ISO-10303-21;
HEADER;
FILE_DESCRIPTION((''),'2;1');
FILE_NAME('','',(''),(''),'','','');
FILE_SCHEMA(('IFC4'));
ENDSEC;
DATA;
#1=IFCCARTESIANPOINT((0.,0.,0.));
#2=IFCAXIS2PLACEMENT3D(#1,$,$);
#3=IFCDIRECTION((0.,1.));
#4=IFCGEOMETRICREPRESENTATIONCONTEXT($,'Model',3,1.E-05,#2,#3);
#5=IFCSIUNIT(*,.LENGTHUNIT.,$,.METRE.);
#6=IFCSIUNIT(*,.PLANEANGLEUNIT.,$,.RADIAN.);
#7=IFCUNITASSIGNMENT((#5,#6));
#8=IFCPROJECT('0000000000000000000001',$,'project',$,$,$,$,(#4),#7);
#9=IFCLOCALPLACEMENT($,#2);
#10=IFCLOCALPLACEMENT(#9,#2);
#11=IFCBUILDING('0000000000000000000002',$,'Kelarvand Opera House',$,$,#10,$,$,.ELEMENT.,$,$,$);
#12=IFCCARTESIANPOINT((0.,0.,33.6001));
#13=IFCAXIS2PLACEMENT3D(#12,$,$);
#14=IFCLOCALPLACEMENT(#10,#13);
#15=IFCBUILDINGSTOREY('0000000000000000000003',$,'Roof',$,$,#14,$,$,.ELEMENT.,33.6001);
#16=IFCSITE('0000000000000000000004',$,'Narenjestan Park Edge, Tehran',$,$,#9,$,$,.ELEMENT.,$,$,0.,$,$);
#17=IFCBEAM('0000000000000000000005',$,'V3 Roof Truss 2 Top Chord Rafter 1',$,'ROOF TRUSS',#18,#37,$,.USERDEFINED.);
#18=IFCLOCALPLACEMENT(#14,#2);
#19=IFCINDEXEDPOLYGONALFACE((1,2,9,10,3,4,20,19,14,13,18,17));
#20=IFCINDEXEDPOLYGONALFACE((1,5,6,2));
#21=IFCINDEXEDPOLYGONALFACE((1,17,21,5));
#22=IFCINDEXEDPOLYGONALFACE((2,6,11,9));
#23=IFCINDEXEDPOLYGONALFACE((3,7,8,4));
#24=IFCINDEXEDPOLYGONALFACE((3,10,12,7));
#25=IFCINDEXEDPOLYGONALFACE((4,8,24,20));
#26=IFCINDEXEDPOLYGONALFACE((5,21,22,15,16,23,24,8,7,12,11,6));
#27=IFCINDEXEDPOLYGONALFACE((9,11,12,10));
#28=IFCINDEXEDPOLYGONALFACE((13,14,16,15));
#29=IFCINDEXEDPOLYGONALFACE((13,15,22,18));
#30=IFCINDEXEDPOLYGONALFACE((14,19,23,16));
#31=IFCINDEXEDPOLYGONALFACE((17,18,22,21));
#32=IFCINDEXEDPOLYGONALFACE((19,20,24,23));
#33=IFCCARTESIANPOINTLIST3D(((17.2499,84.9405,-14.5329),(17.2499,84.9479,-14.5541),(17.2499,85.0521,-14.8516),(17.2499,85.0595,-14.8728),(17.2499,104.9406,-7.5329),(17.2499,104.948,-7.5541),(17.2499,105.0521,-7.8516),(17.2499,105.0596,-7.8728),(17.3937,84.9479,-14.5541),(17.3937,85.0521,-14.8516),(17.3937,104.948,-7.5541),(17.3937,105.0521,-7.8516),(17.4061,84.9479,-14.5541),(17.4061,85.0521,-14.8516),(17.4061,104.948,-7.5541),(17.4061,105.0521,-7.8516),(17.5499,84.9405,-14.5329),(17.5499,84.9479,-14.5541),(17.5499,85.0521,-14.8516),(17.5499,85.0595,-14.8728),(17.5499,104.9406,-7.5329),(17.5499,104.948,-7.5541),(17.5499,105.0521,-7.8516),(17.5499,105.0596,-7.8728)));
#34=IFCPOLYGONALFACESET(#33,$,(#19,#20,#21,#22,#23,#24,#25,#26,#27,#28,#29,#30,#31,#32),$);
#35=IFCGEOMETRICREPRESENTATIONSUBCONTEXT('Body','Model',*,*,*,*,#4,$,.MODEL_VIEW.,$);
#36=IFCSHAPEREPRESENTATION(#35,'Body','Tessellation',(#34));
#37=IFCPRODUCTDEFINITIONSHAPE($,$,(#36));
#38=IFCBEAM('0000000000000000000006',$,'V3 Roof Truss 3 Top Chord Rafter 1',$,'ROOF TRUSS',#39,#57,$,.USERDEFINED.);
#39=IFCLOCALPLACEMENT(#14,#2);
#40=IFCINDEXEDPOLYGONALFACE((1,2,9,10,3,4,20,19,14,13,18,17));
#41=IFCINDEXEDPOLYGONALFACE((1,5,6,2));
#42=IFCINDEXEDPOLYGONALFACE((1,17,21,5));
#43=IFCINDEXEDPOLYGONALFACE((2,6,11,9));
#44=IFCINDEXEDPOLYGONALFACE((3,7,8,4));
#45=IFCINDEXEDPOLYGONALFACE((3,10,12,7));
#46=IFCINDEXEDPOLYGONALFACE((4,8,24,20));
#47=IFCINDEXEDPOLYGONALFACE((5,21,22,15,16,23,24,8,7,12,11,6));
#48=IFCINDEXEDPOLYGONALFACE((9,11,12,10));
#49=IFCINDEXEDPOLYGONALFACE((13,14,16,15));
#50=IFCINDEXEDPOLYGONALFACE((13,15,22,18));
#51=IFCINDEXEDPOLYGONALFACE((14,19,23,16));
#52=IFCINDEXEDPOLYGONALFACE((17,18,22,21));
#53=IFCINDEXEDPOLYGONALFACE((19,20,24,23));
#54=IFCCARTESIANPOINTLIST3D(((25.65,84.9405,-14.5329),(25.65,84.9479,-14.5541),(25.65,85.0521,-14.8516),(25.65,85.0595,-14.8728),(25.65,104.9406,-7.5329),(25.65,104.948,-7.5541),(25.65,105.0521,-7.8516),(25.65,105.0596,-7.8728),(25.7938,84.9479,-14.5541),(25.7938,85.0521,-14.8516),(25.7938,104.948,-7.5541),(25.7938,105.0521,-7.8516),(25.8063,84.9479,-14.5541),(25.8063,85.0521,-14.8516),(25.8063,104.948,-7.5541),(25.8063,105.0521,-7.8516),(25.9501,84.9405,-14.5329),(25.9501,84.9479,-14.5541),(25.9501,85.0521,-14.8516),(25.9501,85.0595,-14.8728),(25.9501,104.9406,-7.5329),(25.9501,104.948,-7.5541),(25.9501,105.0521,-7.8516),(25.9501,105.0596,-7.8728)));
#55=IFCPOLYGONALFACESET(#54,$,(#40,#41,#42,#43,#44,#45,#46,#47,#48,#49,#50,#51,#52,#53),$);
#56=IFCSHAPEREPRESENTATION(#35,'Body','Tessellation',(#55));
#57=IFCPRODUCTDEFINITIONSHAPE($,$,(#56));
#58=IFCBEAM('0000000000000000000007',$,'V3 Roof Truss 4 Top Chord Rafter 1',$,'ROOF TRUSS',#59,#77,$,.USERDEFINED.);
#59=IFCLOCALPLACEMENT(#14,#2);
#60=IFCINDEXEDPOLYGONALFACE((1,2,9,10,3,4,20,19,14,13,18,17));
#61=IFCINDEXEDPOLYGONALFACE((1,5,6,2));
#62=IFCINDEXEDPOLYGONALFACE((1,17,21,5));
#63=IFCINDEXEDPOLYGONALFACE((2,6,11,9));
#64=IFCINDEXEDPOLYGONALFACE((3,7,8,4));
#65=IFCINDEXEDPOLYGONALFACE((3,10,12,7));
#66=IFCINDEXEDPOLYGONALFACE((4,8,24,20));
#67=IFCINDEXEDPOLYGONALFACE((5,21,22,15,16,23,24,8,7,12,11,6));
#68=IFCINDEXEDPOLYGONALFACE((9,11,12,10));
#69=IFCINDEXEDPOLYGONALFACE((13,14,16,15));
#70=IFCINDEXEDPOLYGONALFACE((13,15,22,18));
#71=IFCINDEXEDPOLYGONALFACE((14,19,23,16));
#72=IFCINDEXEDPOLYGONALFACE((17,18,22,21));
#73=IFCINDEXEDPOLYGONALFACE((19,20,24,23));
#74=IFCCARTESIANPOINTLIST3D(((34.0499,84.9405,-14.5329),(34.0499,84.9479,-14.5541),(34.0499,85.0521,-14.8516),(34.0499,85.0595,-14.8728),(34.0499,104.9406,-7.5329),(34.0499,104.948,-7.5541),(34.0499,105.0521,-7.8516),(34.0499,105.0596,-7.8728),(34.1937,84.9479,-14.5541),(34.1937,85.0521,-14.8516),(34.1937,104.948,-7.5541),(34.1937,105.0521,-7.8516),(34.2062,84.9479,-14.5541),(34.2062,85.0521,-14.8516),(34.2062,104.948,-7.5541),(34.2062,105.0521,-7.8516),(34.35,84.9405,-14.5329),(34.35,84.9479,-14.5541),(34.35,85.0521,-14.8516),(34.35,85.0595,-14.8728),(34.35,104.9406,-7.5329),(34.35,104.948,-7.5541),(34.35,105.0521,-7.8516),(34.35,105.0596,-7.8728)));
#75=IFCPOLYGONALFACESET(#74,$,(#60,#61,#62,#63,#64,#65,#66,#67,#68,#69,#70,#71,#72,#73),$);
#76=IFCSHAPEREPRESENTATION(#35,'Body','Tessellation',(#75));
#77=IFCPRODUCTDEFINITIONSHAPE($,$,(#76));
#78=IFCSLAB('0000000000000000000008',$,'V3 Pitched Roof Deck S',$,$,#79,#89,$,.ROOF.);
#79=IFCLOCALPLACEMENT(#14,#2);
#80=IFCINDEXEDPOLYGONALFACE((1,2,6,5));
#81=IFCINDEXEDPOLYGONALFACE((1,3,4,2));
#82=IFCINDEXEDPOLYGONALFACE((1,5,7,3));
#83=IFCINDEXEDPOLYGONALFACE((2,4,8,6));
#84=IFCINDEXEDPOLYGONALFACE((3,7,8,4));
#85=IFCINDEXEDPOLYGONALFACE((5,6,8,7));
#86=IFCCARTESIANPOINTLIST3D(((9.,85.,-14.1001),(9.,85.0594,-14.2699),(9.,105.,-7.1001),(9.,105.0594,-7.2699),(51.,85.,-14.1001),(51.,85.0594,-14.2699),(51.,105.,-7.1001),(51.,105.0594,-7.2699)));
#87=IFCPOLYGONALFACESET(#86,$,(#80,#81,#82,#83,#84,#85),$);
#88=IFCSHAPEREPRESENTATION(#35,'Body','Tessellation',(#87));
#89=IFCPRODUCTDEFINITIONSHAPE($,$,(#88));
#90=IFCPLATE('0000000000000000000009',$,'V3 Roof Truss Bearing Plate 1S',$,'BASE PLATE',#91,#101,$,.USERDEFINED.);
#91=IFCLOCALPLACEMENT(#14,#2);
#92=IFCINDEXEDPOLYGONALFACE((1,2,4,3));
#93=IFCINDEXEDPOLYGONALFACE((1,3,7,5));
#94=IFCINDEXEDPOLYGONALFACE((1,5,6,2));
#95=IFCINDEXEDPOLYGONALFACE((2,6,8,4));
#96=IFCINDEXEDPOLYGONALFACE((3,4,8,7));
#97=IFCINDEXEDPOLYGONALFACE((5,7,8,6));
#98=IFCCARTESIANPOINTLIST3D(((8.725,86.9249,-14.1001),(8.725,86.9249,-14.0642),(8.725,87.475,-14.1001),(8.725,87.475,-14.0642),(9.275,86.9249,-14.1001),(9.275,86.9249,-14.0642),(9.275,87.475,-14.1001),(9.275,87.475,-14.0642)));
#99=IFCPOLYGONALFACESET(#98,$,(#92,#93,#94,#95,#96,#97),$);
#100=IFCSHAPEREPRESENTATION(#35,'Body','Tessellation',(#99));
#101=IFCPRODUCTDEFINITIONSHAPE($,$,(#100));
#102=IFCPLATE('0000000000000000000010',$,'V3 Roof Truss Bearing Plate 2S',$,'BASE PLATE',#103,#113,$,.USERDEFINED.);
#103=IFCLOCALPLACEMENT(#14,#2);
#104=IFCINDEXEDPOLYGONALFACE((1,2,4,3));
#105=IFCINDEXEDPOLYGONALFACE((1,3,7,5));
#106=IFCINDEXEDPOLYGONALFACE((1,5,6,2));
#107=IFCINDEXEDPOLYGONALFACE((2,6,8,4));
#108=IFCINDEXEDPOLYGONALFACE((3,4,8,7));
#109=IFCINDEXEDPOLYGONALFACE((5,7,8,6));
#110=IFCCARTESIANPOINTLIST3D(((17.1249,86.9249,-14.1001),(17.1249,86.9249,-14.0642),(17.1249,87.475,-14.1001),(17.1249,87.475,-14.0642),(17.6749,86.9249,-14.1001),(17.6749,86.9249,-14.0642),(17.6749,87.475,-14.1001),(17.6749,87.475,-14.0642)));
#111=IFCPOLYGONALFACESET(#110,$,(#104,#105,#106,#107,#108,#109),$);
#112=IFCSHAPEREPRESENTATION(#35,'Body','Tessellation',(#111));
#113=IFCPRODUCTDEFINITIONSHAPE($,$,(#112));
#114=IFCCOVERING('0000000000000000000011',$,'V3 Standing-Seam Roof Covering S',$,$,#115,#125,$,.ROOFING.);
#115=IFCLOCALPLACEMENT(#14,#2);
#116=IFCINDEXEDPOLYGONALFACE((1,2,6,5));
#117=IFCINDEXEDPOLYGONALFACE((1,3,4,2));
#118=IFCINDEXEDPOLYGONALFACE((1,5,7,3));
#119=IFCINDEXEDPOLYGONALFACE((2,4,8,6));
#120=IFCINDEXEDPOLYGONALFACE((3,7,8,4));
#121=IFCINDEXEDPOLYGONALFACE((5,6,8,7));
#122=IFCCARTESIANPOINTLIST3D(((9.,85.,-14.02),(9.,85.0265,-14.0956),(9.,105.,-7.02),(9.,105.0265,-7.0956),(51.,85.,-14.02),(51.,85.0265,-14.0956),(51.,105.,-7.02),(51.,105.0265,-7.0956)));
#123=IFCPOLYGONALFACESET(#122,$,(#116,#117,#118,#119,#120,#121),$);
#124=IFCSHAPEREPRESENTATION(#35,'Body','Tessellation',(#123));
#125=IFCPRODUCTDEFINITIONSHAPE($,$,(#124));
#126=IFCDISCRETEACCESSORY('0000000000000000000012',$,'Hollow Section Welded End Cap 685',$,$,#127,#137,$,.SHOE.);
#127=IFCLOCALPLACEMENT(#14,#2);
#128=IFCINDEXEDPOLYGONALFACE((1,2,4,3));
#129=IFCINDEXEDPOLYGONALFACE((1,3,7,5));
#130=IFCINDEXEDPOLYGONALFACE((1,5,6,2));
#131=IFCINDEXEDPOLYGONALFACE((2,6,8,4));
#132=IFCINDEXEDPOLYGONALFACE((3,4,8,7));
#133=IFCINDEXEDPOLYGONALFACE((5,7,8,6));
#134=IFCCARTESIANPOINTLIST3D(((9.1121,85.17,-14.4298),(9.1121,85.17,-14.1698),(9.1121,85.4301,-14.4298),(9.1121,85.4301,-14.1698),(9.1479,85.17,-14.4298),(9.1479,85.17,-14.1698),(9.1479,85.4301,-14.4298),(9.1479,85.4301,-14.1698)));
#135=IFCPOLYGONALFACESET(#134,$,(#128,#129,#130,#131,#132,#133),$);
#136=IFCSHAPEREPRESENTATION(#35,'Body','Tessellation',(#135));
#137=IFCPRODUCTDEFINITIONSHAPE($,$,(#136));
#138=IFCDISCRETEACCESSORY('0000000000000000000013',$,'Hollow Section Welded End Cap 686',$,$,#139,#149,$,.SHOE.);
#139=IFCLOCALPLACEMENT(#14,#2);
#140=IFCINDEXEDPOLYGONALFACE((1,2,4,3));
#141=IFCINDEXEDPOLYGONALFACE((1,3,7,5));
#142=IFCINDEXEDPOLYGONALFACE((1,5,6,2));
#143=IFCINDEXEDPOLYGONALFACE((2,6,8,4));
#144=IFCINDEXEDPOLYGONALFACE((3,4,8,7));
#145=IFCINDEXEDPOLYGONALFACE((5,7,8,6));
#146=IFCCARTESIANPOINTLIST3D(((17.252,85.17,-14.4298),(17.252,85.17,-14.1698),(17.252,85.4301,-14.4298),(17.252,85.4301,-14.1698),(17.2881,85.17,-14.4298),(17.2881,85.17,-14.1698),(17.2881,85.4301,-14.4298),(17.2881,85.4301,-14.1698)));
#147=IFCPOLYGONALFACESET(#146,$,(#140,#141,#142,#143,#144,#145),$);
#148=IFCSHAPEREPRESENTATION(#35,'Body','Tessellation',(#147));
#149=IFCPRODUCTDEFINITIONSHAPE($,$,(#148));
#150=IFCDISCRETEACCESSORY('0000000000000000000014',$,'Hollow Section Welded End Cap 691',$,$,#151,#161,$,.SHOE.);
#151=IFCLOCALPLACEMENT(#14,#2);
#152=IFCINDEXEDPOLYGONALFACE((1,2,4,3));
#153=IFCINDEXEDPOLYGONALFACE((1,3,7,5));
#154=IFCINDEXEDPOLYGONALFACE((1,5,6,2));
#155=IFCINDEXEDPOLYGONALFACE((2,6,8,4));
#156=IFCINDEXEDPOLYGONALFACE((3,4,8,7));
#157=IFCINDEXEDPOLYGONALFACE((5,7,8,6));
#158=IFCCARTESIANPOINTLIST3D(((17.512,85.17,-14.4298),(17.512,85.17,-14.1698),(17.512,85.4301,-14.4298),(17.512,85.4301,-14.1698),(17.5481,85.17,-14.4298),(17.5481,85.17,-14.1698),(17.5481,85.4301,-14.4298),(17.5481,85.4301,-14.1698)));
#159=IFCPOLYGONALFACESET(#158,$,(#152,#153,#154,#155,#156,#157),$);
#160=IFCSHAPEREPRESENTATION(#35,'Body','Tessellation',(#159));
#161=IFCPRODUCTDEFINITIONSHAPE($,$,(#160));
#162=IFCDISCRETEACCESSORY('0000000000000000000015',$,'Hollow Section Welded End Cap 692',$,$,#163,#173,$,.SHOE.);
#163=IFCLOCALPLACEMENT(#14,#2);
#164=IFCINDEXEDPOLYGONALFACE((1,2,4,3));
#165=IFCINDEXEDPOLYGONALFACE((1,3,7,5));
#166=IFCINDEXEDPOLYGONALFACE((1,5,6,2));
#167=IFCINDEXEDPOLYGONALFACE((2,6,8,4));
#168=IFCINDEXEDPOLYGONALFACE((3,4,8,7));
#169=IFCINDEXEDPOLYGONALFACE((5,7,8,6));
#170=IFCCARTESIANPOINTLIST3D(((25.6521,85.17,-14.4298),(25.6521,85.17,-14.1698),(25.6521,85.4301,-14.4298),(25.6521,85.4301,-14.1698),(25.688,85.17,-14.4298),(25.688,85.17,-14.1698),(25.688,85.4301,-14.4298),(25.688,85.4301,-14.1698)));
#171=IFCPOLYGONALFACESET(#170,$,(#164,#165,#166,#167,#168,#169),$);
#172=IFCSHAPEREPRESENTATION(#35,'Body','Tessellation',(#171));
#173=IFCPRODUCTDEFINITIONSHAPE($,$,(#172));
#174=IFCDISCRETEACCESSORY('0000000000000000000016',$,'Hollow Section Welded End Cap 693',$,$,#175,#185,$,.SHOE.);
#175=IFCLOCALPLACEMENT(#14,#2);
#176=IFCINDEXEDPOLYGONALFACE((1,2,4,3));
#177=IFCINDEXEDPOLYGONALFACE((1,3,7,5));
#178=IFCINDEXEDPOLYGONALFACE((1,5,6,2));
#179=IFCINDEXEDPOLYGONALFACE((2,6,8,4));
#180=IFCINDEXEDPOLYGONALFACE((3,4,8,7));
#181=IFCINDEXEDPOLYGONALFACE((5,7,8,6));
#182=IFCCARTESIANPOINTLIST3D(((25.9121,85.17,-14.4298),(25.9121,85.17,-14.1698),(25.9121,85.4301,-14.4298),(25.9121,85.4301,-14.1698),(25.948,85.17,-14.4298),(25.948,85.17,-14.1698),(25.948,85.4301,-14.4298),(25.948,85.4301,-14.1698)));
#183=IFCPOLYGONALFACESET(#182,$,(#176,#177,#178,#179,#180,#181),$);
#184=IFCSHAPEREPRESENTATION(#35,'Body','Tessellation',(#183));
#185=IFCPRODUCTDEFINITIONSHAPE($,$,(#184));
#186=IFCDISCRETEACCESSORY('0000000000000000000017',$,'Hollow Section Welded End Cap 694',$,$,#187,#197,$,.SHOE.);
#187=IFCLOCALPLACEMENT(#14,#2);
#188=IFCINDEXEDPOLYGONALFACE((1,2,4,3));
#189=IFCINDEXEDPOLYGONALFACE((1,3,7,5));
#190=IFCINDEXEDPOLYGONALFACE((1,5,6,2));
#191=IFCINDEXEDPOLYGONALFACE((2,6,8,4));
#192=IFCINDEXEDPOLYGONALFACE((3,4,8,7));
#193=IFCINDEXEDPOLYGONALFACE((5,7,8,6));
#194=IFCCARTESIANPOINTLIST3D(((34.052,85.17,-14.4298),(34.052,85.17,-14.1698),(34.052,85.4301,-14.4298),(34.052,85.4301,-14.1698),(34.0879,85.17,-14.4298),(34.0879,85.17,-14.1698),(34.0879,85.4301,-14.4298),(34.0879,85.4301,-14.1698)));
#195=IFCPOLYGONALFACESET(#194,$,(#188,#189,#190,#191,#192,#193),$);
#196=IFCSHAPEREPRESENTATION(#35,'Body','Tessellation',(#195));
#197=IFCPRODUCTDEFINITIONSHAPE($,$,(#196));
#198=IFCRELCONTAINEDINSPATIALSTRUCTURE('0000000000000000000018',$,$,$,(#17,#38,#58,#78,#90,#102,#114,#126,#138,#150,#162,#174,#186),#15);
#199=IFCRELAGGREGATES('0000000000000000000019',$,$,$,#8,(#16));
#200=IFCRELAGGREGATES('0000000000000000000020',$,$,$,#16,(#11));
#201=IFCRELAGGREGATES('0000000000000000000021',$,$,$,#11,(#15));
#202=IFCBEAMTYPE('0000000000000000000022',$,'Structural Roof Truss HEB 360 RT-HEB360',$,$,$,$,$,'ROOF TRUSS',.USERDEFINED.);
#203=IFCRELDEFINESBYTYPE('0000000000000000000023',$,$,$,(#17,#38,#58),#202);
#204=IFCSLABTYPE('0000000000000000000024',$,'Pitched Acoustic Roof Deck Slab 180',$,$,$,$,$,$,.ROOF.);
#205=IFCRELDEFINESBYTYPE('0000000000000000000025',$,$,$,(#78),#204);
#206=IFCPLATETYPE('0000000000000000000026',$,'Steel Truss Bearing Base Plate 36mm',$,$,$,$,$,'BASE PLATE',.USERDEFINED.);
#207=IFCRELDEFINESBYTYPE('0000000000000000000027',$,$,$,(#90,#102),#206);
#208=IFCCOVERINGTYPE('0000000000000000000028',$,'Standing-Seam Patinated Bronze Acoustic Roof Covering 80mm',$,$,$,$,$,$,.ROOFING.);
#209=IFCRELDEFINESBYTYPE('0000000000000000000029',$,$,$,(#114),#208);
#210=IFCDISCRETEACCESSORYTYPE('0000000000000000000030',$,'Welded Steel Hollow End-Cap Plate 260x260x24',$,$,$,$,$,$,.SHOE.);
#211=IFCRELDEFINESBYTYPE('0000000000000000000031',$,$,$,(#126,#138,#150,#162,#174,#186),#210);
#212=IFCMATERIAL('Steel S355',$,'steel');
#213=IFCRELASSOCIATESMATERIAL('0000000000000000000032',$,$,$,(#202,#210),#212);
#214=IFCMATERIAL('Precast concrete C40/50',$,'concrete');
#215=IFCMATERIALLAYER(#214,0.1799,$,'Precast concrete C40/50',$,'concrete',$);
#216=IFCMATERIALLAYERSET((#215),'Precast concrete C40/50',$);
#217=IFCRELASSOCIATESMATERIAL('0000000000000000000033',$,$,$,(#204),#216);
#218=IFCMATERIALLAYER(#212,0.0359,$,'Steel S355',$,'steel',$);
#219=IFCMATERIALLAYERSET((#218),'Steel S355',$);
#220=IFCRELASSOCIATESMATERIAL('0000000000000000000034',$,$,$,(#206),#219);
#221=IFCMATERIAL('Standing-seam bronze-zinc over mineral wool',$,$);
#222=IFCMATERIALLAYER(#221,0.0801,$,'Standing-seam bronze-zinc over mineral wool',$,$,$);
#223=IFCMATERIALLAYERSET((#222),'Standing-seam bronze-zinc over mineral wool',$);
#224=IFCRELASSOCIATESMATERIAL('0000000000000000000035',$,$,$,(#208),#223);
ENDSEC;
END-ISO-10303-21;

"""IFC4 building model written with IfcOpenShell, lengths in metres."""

from ifc_helpers import new_model, si_unit, direction, frame, origin, origin_2d, place, context, subcontext, project, spatial, polyline, rectangle, i_section, outline, extrude, material, layer, layer_set, material_profile, profile_set, type_object, element, save


model = new_model("IFC4")

# Units and contexts
model_context = context("Model", 3, precision=1e-05, world=origin(), true_north=direction((0.0, 1.0)))
body_context = subcontext(model_context, "Body", "Model", "MODEL_VIEW")
ifc_project = project(units=[si_unit("LENGTHUNIT", "METRE"), si_unit("PLANEANGLEUNIT", "RADIAN")], contexts=[model_context])

# Site, building, storey
site_placement = place(None, origin())
site = spatial("IfcSite", under=ifc_project, at=site_placement, Name="Narenjestan Park Edge, Tehran", CompositionType="ELEMENT", RefElevation=0.0)
building_placement = place(site_placement, origin())
building = spatial("IfcBuilding", under=site, at=building_placement, Name="Kelarvand Opera House", CompositionType="ELEMENT")
storey_placement = place(building_placement, frame((0.0, 0.0, 33.6001)))
storey = spatial("IfcBuildingStorey", under=building, at=storey_placement, Name="Roof", CompositionType="ELEMENT", Elevation=33.6001)

# Shared definitions
ifc_material_1 = material(Name="Steel S355", Category="steel")

# Beams
ifc_material_profile_1 = material_profile(ifc_material_1, i_section(OverallWidth=0.3, OverallDepth=0.3601, WebThickness=0.0125, FlangeThickness=0.0225, at=origin_2d()), Name="HEB 360", Category="steel")
ifc_profile_set_1 = profile_set([ifc_material_profile_1], Name="Steel S355")
beam_type = type_object("IfcBeamType", Name="Structural Roof Truss HEB 360 RT-HEB360", ElementType="ROOF TRUSS", PredefinedType="USERDEFINED", material=ifc_profile_set_1)
for number, where, z_axis, x_axis, name in (
    (1, (17.3999, 85.0, -14.7029), (0.0, 0.943858, 0.33035), (-1.0, 0.0, 0.0), "V3 Roof Truss 2 Top Chord Rafter 1"),
    (2, (25.8, 85.0, -14.7029), (0.0, 0.943858, 0.33035), (-1.0, 0.0, 0.0), "V3 Roof Truss 3 Top Chord Rafter 1"),
    (3, (34.2, 85.0, -14.7029), (0.0, 0.943858, 0.33035), (-1.0, 0.0, 0.0), "V3 Roof Truss 4 Top Chord Rafter 1"),
):
    element("IfcBeam", number, at=place(storey_placement, frame(where, z_axis=z_axis, x_axis=x_axis)), inside=storey, type_object=beam_type, Name=name, ObjectType="ROOF TRUSS", PredefinedType="USERDEFINED", context=body_context, shape_type="SweptSolid", body=[
        extrude(i_section(OverallWidth=0.3, OverallDepth=0.3601, WebThickness=0.0125, FlangeThickness=0.0225, at=origin_2d()), origin(), (0.0, 0.0, 1.0), 21.1897),
    ])

# Slab
ifc_material_2 = material(Name="Precast concrete C40/50", Category="concrete")
ifc_layer_1 = layer(ifc_material_2, 0.1799, Name="Precast concrete C40/50", Category="concrete")
ifc_layer_set_1 = layer_set([ifc_layer_1], Name="Precast concrete C40/50")
slab_type = type_object("IfcSlabType", Name="Pitched Acoustic Roof Deck Slab 180", PredefinedType="ROOF", material=ifc_layer_set_1)
slab_placement = place(storey_placement, frame((9.0, 85.0, -14.1001), z_axis=(0.0, -0.33035, 0.943858), x_axis=(1.0, 0.0, 0.0)))
element("IfcSlab", 4, at=slab_placement, inside=storey, type_object=slab_type, Name="V3 Pitched Roof Deck S", PredefinedType="ROOF", context=body_context, shape_type="SweptSolid", body=[
    extrude(outline(polyline([(0.0, 0.0), (42.0, 0.0), (42.0, 21.1896), (0.0, 21.1896), (0.0, 0.0)])), origin(), (0.0, 0.0, -1.0), 0.1799),
])

# Plates
ifc_layer_2 = layer(ifc_material_1, 0.0359, Name="Steel S355", Category="steel")
ifc_layer_set_2 = layer_set([ifc_layer_2], Name="Steel S355")
plate_type = type_object("IfcPlateType", Name="Steel Truss Bearing Base Plate 36mm", ElementType="BASE PLATE", PredefinedType="USERDEFINED", material=ifc_layer_set_2)
for number, where, z_axis, x_axis, name in (
    (5, (9.0, 87.2, -14.1001), (0.0, 0.0, 1.0), (1.0, 0.0, 0.0), "V3 Roof Truss Bearing Plate 1S"),
    (6, (17.3999, 87.2, -14.1001), (0.0, 0.0, 1.0), (1.0, 0.0, 0.0), "V3 Roof Truss Bearing Plate 2S"),
):
    element("IfcPlate", number, at=place(storey_placement, frame(where, z_axis=z_axis, x_axis=x_axis)), inside=storey, type_object=plate_type, Name=name, ObjectType="BASE PLATE", PredefinedType="USERDEFINED", context=body_context, shape_type="SweptSolid", body=[
        extrude(rectangle(XDim=0.55, YDim=0.55, at=origin_2d()), origin(), (0.0, 0.0, 1.0), 0.0359),
    ])

# Covering
ifc_material_3 = material(Name="Standing-seam bronze-zinc over mineral wool")
ifc_layer_3 = layer(ifc_material_3, 0.0801, Name="Standing-seam bronze-zinc over mineral wool")
ifc_layer_set_3 = layer_set([ifc_layer_3], Name="Standing-seam bronze-zinc over mineral wool")
covering_type = type_object("IfcCoveringType", Name="Standing-Seam Patinated Bronze Acoustic Roof Covering 80mm", PredefinedType="ROOFING", material=ifc_layer_set_3)
covering_placement = place(storey_placement, frame((9.0, 85.0, -14.02), z_axis=(0.0, -0.33035, 0.943858), x_axis=(1.0, 0.0, 0.0)))
element("IfcCovering", 7, at=covering_placement, inside=storey, type_object=covering_type, Name="V3 Standing-Seam Roof Covering S", PredefinedType="ROOFING", context=body_context, shape_type="SweptSolid", body=[
    extrude(outline(polyline([(0.0, 0.0), (42.0, 0.0), (42.0, 21.1896), (0.0, 21.1896), (0.0, 0.0)])), origin(), (0.0, 0.0, -1.0), 0.0801),
])

# Discrete accessories
ifc_material_profile_2 = material_profile(ifc_material_1, rectangle(XDim=0.26, YDim=0.26, at=origin_2d()), Name="Welded Steel Hollow End-Cap Plate 260x260x24", Category="steel")
ifc_profile_set_2 = profile_set([ifc_material_profile_2], Name="Steel S355")
discrete_accessory_type_1 = type_object("IfcDiscreteAccessoryType", Name="Welded Steel Hollow End-Cap Plate 260x260x24", PredefinedType="SHOE", material=ifc_profile_set_2)
discrete_accessory_1_placement = place(storey_placement, frame((9.1479, 85.3, -14.2998), z_axis=(-1.0, 0.0, 0.0), x_axis=(0.0, -1.0, 0.0)))
element("IfcDiscreteAccessory", 8, at=discrete_accessory_1_placement, inside=storey, type_object=discrete_accessory_type_1, Name="Hollow Section Welded End Cap 685", PredefinedType="SHOE", context=body_context, shape_type="SweptSolid", body=[
    extrude(rectangle(XDim=0.26, YDim=0.26, at=origin_2d()), origin(), (0.0, 0.0, 1.0), 0.0359),
])
for number, where, z_axis, x_axis, name in (
    (9, (17.252, 85.3, -14.2998), (1.0, 0.0, 0.0), (0.0, 1.0, 0.0), "Hollow Section Welded End Cap 686"),
    (10, (17.5481, 85.3, -14.2998), (-1.0, 0.0, 0.0), (0.0, -1.0, 0.0), "Hollow Section Welded End Cap 691"),
):
    element("IfcDiscreteAccessory", number, at=place(storey_placement, frame(where, z_axis=z_axis, x_axis=x_axis)), inside=storey, type_object=discrete_accessory_type_1, Name=name, PredefinedType="SHOE", context=body_context, shape_type="SweptSolid", body=[
        extrude(rectangle(XDim=0.26, YDim=0.26, at=origin_2d()), origin(), (0.0, 0.0, 1.0), 0.0361),
    ])
for number, where, z_axis, x_axis, name in (
    (11, (25.6521, 85.3, -14.2998), (1.0, 0.0, 0.0), (0.0, 1.0, 0.0), "Hollow Section Welded End Cap 692"),
    (12, (25.948, 85.3, -14.2998), (-1.0, 0.0, 0.0), (0.0, -1.0, 0.0), "Hollow Section Welded End Cap 693"),
    (13, (34.052, 85.3, -14.2998), (1.0, 0.0, 0.0), (0.0, 1.0, 0.0), "Hollow Section Welded End Cap 694"),
):
    element("IfcDiscreteAccessory", number, at=place(storey_placement, frame(where, z_axis=z_axis, x_axis=x_axis)), inside=storey, type_object=discrete_accessory_type_1, Name=name, PredefinedType="SHOE", context=body_context, shape_type="SweptSolid", body=[
        extrude(rectangle(XDim=0.26, YDim=0.26, at=origin_2d()), origin(), (0.0, 0.0, 1.0), 0.0359),
    ])

save(model, "model.ifc")
